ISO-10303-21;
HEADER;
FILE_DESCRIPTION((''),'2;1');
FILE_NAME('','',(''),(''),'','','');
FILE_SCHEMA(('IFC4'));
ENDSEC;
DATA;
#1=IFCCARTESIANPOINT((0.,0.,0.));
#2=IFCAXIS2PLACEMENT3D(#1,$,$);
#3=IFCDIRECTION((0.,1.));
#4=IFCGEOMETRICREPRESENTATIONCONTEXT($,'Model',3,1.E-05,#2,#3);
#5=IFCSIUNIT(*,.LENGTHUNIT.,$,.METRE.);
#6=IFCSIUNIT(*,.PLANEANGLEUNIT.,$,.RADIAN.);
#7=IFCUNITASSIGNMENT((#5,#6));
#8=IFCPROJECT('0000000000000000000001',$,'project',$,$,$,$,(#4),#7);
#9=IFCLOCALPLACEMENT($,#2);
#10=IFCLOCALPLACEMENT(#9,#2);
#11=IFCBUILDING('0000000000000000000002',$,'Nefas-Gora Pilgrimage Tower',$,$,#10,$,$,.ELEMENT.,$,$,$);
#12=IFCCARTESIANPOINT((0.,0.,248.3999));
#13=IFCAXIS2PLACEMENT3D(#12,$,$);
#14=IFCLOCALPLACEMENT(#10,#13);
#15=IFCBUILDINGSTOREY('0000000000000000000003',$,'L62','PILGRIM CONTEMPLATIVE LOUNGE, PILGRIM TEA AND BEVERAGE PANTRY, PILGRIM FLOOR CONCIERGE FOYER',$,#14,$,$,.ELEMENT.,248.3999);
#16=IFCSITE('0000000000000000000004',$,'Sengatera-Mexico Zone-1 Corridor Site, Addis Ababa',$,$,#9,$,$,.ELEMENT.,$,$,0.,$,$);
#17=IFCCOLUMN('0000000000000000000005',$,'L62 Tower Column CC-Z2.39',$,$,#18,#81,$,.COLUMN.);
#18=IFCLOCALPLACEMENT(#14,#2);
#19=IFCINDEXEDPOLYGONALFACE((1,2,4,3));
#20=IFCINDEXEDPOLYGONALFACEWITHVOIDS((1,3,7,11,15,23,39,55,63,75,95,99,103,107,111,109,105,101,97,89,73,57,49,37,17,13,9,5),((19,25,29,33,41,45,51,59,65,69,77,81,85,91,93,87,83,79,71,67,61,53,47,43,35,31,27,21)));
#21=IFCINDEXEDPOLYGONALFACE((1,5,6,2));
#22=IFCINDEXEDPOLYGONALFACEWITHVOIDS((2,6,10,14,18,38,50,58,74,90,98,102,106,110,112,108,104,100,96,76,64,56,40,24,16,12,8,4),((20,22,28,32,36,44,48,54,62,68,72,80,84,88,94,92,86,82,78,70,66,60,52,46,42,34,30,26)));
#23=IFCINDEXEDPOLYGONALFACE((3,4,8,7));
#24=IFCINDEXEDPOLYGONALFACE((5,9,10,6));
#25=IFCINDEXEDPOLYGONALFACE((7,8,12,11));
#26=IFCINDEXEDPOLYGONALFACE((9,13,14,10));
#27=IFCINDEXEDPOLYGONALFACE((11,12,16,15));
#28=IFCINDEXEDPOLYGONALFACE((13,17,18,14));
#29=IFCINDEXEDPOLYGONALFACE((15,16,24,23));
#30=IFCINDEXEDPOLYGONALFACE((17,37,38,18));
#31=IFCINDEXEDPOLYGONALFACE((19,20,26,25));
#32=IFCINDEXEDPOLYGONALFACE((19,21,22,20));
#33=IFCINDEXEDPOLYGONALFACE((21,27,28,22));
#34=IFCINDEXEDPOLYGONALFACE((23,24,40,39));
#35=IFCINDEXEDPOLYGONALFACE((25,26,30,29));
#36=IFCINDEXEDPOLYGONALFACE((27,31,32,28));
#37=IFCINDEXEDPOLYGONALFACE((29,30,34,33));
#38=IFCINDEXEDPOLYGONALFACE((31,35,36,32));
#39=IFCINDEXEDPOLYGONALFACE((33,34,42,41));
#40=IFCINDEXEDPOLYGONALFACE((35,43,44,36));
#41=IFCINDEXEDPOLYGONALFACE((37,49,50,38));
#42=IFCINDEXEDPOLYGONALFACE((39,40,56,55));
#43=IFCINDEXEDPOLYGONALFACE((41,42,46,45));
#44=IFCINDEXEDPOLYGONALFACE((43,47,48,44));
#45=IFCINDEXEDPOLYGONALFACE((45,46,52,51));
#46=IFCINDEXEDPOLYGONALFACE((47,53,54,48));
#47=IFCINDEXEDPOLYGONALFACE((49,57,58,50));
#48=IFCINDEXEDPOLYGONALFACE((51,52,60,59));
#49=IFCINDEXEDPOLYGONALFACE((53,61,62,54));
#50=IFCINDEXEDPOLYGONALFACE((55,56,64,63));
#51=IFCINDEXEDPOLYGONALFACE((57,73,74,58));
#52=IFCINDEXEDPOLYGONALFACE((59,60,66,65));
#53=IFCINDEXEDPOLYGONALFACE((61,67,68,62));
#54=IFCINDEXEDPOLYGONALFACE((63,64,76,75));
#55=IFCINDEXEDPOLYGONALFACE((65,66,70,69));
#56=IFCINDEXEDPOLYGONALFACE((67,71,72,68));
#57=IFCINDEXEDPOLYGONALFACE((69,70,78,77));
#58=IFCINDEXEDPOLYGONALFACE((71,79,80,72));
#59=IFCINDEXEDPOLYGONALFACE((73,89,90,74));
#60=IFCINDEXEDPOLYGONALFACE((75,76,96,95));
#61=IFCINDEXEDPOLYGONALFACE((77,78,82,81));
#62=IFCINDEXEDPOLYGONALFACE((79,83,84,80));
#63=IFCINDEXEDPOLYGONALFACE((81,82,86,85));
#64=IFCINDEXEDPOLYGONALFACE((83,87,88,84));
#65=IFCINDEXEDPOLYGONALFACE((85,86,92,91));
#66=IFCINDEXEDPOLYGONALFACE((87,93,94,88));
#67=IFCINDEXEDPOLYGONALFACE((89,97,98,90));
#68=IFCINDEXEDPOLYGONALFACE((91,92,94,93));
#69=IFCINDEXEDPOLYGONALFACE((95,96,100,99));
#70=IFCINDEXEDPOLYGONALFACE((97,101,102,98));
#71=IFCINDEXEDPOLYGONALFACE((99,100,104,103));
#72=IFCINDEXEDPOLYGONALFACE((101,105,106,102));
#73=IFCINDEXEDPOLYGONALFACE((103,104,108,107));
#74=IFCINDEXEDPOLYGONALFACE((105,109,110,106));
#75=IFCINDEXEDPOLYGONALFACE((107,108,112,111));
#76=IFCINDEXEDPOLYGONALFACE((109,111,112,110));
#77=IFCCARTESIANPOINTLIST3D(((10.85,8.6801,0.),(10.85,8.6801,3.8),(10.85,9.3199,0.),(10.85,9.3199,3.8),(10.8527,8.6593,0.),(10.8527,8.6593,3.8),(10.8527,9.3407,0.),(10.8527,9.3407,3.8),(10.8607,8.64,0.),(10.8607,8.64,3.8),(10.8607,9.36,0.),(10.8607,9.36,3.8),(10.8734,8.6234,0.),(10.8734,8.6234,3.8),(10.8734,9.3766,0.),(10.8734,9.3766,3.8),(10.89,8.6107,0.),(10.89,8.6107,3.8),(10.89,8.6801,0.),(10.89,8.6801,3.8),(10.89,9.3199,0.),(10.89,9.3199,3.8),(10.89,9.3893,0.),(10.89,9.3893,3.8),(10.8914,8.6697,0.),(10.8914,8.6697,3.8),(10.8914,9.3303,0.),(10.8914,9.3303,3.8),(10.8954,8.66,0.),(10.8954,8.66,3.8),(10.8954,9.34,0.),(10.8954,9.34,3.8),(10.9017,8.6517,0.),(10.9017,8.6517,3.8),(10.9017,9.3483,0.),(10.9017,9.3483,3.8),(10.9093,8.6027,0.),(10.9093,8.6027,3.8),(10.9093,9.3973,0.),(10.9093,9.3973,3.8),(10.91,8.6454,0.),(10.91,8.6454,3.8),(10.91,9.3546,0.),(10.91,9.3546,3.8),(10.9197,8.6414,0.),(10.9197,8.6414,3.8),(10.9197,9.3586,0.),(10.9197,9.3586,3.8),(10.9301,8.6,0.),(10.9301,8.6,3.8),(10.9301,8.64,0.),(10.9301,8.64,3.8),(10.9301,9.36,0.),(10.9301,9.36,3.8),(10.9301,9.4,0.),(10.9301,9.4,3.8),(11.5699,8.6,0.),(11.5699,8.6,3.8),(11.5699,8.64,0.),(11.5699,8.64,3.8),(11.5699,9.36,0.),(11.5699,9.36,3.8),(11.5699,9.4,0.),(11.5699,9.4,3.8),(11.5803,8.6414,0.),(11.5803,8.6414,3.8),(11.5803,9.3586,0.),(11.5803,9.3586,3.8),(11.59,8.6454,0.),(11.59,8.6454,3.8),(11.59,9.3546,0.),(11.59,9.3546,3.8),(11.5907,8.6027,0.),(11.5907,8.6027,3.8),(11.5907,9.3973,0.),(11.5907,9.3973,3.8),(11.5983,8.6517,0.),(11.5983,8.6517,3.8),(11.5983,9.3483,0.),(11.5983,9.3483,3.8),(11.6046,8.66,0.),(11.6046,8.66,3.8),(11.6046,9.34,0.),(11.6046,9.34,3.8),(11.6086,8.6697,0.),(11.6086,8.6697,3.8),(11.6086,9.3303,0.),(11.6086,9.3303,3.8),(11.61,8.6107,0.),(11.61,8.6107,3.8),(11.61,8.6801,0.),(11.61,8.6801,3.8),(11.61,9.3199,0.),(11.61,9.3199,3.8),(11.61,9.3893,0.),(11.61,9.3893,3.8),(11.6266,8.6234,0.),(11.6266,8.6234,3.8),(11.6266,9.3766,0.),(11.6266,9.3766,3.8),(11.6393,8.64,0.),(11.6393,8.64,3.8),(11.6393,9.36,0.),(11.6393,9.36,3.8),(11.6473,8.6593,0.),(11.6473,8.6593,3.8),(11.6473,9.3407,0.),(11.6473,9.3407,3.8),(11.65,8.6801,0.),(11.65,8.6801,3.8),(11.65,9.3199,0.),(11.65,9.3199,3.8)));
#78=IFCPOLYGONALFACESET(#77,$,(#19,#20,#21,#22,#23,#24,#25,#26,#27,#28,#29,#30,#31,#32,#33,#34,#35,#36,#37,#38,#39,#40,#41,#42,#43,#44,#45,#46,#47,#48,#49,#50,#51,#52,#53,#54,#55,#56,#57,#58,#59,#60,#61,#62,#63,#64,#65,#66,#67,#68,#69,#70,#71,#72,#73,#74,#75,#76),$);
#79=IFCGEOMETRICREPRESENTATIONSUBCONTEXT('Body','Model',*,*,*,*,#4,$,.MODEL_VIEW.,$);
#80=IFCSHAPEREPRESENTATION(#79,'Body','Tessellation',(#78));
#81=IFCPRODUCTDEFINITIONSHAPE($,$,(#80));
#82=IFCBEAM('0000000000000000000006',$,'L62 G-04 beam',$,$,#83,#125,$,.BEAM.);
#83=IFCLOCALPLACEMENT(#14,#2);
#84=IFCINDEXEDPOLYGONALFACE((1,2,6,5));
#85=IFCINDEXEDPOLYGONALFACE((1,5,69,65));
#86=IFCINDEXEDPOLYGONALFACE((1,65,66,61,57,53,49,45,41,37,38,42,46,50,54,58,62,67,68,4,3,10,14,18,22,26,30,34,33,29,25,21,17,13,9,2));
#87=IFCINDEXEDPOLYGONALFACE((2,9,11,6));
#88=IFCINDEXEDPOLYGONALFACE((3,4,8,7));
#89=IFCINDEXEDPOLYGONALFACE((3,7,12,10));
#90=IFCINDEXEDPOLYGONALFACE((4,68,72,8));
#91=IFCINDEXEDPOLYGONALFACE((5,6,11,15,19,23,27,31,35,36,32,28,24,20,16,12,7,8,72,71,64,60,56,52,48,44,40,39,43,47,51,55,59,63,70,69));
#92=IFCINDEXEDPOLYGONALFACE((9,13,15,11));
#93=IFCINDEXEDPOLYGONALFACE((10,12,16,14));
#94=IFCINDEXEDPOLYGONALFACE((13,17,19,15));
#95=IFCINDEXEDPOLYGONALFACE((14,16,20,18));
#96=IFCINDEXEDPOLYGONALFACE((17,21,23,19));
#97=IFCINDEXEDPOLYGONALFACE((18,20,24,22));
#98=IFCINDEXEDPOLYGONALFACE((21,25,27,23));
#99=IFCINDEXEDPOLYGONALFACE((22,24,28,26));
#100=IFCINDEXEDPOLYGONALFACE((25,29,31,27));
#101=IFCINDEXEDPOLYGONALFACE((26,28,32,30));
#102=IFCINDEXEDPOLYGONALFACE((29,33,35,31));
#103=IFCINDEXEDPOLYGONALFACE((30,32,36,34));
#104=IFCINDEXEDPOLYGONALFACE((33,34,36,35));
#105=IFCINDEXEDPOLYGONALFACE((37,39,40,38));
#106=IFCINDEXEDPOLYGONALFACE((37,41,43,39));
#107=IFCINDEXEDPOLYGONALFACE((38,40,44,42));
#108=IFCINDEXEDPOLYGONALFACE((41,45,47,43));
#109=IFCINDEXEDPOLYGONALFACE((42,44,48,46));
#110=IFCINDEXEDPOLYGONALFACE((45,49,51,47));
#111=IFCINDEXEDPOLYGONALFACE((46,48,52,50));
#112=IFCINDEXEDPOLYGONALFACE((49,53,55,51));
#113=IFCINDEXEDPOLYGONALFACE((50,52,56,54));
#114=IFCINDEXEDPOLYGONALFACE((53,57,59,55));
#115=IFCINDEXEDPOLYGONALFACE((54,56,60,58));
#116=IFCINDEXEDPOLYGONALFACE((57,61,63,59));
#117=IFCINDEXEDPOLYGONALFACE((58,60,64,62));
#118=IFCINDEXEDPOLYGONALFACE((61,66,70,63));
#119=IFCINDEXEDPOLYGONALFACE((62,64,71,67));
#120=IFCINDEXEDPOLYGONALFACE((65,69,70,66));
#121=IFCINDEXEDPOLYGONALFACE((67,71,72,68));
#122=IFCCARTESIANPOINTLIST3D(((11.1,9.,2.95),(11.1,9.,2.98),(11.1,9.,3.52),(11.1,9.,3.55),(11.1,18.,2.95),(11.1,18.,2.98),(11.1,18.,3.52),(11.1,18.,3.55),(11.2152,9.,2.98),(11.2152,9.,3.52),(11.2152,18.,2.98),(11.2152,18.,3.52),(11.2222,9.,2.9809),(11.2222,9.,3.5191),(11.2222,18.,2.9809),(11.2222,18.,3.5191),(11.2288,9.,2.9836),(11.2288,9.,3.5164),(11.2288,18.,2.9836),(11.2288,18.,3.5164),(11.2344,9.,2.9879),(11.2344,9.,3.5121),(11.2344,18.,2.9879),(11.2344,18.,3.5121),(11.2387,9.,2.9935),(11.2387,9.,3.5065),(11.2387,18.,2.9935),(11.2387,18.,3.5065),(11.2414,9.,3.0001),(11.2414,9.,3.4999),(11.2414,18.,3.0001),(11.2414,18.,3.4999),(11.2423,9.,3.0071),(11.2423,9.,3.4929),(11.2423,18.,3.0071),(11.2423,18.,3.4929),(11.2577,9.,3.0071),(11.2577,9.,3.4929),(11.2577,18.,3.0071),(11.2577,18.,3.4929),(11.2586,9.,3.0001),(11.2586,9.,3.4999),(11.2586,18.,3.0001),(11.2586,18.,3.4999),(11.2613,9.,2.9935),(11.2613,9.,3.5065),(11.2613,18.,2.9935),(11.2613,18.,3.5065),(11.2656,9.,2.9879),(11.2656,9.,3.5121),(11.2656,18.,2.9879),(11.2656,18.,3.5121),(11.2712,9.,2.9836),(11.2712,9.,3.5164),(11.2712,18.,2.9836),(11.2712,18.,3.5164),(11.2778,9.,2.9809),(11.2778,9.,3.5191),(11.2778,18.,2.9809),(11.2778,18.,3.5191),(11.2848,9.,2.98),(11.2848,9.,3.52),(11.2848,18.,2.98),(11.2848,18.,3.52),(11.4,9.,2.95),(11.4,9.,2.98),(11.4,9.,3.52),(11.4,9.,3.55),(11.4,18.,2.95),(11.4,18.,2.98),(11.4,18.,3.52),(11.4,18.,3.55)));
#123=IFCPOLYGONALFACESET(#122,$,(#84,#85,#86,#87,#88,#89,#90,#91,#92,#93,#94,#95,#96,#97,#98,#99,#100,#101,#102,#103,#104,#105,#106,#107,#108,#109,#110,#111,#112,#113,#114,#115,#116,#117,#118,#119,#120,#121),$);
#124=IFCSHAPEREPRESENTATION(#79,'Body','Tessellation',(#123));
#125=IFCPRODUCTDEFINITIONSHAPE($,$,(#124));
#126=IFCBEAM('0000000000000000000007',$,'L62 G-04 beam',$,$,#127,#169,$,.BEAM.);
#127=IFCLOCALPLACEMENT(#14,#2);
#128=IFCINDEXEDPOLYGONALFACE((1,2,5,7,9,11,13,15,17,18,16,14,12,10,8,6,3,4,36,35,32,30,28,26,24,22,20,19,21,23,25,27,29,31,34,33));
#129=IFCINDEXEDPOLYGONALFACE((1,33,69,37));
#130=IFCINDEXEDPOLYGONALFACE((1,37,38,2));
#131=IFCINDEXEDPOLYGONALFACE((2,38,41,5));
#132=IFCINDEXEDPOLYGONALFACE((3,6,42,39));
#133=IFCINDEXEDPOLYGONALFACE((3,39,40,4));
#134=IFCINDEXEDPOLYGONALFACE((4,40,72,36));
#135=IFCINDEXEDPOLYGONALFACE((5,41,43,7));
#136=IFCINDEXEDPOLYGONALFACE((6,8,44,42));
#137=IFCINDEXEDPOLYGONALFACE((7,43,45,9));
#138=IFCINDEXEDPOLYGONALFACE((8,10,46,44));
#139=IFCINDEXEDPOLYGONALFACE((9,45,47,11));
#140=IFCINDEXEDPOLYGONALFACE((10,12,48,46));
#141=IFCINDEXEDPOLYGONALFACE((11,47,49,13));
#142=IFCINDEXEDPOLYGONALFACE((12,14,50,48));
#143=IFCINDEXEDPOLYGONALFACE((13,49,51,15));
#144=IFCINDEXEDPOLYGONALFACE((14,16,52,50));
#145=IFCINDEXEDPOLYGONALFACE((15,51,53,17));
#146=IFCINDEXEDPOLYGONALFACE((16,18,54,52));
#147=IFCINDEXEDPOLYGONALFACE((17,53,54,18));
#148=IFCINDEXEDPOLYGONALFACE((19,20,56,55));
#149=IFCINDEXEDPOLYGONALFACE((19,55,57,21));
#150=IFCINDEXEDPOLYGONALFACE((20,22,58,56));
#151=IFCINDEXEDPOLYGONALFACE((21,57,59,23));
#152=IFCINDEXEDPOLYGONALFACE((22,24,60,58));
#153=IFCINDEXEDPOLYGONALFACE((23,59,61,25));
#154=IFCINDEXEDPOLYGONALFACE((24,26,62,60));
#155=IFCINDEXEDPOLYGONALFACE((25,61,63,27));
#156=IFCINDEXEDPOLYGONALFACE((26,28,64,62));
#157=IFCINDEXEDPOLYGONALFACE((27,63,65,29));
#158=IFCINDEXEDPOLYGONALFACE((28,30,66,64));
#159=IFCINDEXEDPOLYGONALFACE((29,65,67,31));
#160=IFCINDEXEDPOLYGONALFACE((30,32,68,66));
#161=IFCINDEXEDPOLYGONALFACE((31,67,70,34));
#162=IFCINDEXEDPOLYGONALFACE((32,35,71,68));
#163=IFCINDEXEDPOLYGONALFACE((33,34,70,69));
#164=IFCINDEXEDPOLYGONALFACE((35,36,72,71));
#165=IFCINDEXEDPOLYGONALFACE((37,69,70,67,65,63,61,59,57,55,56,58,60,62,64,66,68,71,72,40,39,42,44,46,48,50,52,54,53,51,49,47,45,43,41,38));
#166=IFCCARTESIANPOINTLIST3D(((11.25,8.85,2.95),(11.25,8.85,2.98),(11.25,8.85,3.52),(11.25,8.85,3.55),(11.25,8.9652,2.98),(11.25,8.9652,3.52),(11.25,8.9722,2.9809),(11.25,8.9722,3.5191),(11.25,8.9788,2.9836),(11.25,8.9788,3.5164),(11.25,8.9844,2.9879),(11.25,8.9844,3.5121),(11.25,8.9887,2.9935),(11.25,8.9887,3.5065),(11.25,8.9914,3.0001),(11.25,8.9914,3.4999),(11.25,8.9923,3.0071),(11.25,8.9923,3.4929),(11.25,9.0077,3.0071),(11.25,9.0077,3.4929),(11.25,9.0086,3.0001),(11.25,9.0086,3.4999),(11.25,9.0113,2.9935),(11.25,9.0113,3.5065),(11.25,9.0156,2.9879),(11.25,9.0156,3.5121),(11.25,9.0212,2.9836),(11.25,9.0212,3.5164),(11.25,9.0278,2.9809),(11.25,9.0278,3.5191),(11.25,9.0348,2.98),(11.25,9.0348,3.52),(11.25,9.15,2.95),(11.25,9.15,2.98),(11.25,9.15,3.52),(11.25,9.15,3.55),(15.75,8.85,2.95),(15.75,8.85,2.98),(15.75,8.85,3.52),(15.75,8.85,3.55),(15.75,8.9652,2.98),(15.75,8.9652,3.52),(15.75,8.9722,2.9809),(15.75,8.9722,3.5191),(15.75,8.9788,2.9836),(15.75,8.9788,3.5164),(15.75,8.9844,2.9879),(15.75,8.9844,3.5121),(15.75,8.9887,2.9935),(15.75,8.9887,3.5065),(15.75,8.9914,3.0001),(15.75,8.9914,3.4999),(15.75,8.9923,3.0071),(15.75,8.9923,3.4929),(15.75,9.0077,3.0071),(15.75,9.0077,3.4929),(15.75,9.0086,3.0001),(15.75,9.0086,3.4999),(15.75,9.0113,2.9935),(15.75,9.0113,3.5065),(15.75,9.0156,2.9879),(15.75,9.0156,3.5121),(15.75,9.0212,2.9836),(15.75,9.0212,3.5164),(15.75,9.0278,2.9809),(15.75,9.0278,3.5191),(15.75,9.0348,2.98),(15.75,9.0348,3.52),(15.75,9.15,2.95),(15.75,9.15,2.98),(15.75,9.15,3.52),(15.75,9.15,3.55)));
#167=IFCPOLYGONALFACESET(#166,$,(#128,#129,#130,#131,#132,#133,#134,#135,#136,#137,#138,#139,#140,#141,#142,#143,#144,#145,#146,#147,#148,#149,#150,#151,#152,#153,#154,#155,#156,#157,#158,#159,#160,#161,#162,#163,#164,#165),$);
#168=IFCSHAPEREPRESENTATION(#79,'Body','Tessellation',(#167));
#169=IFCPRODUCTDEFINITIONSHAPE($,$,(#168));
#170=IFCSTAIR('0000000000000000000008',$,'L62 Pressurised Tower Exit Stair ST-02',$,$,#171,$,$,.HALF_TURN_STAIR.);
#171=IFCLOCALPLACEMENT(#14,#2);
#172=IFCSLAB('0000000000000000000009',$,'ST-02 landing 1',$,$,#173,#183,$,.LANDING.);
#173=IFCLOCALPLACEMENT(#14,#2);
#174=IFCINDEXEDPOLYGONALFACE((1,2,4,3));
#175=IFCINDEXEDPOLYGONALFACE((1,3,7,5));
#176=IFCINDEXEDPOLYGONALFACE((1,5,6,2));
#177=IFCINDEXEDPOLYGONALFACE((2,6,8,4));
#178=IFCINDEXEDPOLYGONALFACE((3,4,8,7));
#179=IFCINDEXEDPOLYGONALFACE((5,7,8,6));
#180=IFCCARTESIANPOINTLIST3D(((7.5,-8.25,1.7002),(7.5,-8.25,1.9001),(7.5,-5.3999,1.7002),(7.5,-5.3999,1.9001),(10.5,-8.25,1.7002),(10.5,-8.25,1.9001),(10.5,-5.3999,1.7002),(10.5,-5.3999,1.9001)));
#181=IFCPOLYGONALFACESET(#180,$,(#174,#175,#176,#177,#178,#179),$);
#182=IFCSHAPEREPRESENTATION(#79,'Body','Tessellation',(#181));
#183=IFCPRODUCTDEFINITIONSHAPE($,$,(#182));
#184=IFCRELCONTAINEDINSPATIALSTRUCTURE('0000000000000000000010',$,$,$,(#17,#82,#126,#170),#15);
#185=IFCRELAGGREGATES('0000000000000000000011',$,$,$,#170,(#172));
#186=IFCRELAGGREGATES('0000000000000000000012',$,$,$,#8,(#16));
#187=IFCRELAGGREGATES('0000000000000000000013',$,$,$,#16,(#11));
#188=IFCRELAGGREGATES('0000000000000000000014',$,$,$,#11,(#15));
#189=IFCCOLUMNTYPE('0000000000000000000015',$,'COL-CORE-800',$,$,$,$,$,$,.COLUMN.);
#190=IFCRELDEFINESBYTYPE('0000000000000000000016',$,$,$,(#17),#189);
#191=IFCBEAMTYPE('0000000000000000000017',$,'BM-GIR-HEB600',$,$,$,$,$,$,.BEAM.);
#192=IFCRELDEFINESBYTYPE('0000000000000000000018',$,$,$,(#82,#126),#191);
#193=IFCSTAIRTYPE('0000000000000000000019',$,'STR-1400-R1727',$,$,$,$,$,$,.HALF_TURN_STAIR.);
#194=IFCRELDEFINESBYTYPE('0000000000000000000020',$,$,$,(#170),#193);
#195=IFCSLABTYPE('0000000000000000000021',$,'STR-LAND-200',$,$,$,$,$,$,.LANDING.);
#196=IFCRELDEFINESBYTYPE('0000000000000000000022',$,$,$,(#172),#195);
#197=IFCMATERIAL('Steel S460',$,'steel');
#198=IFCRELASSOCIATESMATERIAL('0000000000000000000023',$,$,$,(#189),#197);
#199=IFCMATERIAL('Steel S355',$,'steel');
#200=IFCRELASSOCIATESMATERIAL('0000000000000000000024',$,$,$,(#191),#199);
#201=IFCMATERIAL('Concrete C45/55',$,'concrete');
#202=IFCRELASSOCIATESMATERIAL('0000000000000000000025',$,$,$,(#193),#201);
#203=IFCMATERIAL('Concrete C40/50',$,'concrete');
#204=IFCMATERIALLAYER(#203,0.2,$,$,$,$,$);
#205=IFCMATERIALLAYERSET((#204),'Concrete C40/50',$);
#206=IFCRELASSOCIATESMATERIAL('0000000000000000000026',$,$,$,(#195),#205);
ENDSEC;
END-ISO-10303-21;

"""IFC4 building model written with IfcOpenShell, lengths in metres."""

from ifc_helpers import new_model, si_unit, direction, frame, origin, origin_2d, place, context, subcontext, project, spatial, polyline, hollow_rectangle, i_section, outline, extrude, source, transform, mapped, material, layer, layer_set, material_profile, profile_set, type_object, element, aggregate, save


model = new_model("IFC4")

# Units and contexts
model_context = context("Model", 3, precision=1e-05, world=origin(), true_north=direction((0.0, 1.0)))
body_context = subcontext(model_context, "Body", "Model", "MODEL_VIEW")
ifc_project = project(units=[si_unit("LENGTHUNIT", "METRE"), si_unit("PLANEANGLEUNIT", "RADIAN")], contexts=[model_context])

# Site, building, storey
site_placement = place(None, origin())
site = spatial("IfcSite", under=ifc_project, at=site_placement, Name="Sengatera-Mexico Zone-1 Corridor Site, Addis Ababa", CompositionType="ELEMENT", RefElevation=0.0)
building_placement = place(site_placement, origin())
building = spatial("IfcBuilding", under=site, at=building_placement, Name="Nefas-Gora Pilgrimage Tower", CompositionType="ELEMENT")
storey_placement = place(building_placement, frame((0.0, 0.0, 248.3999)))
storey = spatial("IfcBuildingStorey", under=building, at=storey_placement, Name="L62", Description="PILGRIM CONTEMPLATIVE LOUNGE, PILGRIM TEA AND BEVERAGE PANTRY, PILGRIM FLOOR CONCIERGE FOYER", CompositionType="ELEMENT", Elevation=248.3999)

# Column
ifc_material_1 = material(Name="Steel S460", Category="steel")
ifc_material_profile_1 = material_profile(ifc_material_1, hollow_rectangle(XDim=0.8, YDim=0.8, WallThickness=0.04, InnerFilletRadius=0.04, OuterFilletRadius=0.0801, at=origin_2d()), Name="BOX 800x800x40")
ifc_profile_set_1 = profile_set([ifc_material_profile_1], Name="Steel S460")
column_type = type_object("IfcColumnType", Name="COL-CORE-800", PredefinedType="COLUMN", material=ifc_profile_set_1)
shared_shape_1 = source(origin(), body_context, "Body", "SweptSolid", [
    extrude(hollow_rectangle(XDim=0.8, YDim=0.8, WallThickness=0.04, InnerFilletRadius=0.04, OuterFilletRadius=0.0801, at=origin_2d()), origin(), (0.0, 0.0, 1.0), 3.8),
])
column_placement = place(storey_placement, frame((11.25, 9.0, 0.0), z_axis=(0.0, 0.0, 1.0), x_axis=(1.0, 0.0, 0.0)))
element("IfcColumn", 1, at=column_placement, inside=storey, type_object=column_type, Name="L62 Tower Column CC-Z2.39", PredefinedType="COLUMN", context=body_context, shape_type="MappedRepresentation", body=[
    mapped(shared_shape_1, transform((0.0, 0.0, 0.0), x_axis=(1.0, 0.0, 0.0), y_axis=(0.0, 1.0, 0.0), z_axis=(0.0, 0.0, 1.0), scale=1.0)),
])

# Beams
ifc_material_2 = material(Name="Steel S355", Category="steel")
ifc_material_profile_2 = material_profile(ifc_material_2, i_section(OverallWidth=0.3, OverallDepth=0.6001, WebThickness=0.0154, FlangeThickness=0.03, FilletRadius=0.0271, at=origin_2d()), Name="HEB 600")
ifc_profile_set_2 = profile_set([ifc_material_profile_2], Name="Steel S355")
beam_type = type_object("IfcBeamType", Name="BM-GIR-HEB600", PredefinedType="BEAM", material=ifc_profile_set_2)
shared_shape_2 = source(origin(), body_context, "Body", "SweptSolid", [
    extrude(i_section(OverallWidth=0.3, OverallDepth=0.6001, WebThickness=0.0154, FlangeThickness=0.03, FilletRadius=0.0271, at=origin_2d()), origin(), (0.0, 0.0, 1.0), 9.0),
])
beam_1_placement = place(storey_placement, frame((11.25, 9.0, 3.25), z_axis=(0.0, 1.0, 0.0), x_axis=(-1.0, 0.0, 0.0)))
element("IfcBeam", 2, at=beam_1_placement, inside=storey, type_object=beam_type, Name="L62 G-04 beam", PredefinedType="BEAM", context=body_context, shape_type="MappedRepresentation", body=[
    mapped(shared_shape_2, transform((0.0, 0.0, 0.0), x_axis=(1.0, 0.0, 0.0), y_axis=(0.0, 1.0, 0.0), z_axis=(0.0, 0.0, 1.0), scale=1.0)),
])
shared_shape_3 = source(origin(), body_context, "Body", "SweptSolid", [
    extrude(i_section(OverallWidth=0.3, OverallDepth=0.6001, WebThickness=0.0154, FlangeThickness=0.03, FilletRadius=0.0271, at=origin_2d()), origin(), (0.0, 0.0, 1.0), 4.5),
])
beam_2_placement = place(storey_placement, frame((11.25, 9.0, 3.25), z_axis=(1.0, 0.0, 0.0), x_axis=(0.0, 1.0, 0.0)))
element("IfcBeam", 3, at=beam_2_placement, inside=storey, type_object=beam_type, Name="L62 G-04 beam", PredefinedType="BEAM", context=body_context, shape_type="MappedRepresentation", body=[
    mapped(shared_shape_3, transform((0.0, 0.0, 0.0), x_axis=(1.0, 0.0, 0.0), y_axis=(0.0, 1.0, 0.0), z_axis=(0.0, 0.0, 1.0), scale=1.0)),
])

# Stair, slab
ifc_material_3 = material(Name="Concrete C45/55", Category="concrete")
stair_type = type_object("IfcStairType", Name="STR-1400-R1727", PredefinedType="HALF_TURN_STAIR", material=ifc_material_3)
stair_1_placement = place(storey_placement, origin())
stair_1 = element("IfcStair", 4, at=stair_1_placement, inside=storey, type_object=stair_type, Name="L62 Pressurised Tower Exit Stair ST-02", PredefinedType="HALF_TURN_STAIR")
ifc_material_4 = material(Name="Concrete C40/50", Category="concrete")
ifc_layer_1 = layer(ifc_material_4, 0.2)
ifc_layer_set_1 = layer_set([ifc_layer_1], Name="Concrete C40/50")
slab_type = type_object("IfcSlabType", Name="STR-LAND-200", PredefinedType="LANDING", material=ifc_layer_set_1)
slab_1_placement = place(storey_placement, frame((0.0, 0.0, 1.7002)))
slab_1 = element("IfcSlab", 5, at=slab_1_placement, type_object=slab_type, Name="ST-02 landing 1", PredefinedType="LANDING", context=body_context, shape_type="SweptSolid", body=[
    extrude(outline(polyline([(7.5, -5.3999), (7.5, -8.25), (10.5, -8.25), (10.5, -5.3999), (7.5, -5.3999)])), origin(), (0.0, 0.0, 1.0), 0.2),
])
aggregate(stair_1, [slab_1])

save(model, "model.ifc")
